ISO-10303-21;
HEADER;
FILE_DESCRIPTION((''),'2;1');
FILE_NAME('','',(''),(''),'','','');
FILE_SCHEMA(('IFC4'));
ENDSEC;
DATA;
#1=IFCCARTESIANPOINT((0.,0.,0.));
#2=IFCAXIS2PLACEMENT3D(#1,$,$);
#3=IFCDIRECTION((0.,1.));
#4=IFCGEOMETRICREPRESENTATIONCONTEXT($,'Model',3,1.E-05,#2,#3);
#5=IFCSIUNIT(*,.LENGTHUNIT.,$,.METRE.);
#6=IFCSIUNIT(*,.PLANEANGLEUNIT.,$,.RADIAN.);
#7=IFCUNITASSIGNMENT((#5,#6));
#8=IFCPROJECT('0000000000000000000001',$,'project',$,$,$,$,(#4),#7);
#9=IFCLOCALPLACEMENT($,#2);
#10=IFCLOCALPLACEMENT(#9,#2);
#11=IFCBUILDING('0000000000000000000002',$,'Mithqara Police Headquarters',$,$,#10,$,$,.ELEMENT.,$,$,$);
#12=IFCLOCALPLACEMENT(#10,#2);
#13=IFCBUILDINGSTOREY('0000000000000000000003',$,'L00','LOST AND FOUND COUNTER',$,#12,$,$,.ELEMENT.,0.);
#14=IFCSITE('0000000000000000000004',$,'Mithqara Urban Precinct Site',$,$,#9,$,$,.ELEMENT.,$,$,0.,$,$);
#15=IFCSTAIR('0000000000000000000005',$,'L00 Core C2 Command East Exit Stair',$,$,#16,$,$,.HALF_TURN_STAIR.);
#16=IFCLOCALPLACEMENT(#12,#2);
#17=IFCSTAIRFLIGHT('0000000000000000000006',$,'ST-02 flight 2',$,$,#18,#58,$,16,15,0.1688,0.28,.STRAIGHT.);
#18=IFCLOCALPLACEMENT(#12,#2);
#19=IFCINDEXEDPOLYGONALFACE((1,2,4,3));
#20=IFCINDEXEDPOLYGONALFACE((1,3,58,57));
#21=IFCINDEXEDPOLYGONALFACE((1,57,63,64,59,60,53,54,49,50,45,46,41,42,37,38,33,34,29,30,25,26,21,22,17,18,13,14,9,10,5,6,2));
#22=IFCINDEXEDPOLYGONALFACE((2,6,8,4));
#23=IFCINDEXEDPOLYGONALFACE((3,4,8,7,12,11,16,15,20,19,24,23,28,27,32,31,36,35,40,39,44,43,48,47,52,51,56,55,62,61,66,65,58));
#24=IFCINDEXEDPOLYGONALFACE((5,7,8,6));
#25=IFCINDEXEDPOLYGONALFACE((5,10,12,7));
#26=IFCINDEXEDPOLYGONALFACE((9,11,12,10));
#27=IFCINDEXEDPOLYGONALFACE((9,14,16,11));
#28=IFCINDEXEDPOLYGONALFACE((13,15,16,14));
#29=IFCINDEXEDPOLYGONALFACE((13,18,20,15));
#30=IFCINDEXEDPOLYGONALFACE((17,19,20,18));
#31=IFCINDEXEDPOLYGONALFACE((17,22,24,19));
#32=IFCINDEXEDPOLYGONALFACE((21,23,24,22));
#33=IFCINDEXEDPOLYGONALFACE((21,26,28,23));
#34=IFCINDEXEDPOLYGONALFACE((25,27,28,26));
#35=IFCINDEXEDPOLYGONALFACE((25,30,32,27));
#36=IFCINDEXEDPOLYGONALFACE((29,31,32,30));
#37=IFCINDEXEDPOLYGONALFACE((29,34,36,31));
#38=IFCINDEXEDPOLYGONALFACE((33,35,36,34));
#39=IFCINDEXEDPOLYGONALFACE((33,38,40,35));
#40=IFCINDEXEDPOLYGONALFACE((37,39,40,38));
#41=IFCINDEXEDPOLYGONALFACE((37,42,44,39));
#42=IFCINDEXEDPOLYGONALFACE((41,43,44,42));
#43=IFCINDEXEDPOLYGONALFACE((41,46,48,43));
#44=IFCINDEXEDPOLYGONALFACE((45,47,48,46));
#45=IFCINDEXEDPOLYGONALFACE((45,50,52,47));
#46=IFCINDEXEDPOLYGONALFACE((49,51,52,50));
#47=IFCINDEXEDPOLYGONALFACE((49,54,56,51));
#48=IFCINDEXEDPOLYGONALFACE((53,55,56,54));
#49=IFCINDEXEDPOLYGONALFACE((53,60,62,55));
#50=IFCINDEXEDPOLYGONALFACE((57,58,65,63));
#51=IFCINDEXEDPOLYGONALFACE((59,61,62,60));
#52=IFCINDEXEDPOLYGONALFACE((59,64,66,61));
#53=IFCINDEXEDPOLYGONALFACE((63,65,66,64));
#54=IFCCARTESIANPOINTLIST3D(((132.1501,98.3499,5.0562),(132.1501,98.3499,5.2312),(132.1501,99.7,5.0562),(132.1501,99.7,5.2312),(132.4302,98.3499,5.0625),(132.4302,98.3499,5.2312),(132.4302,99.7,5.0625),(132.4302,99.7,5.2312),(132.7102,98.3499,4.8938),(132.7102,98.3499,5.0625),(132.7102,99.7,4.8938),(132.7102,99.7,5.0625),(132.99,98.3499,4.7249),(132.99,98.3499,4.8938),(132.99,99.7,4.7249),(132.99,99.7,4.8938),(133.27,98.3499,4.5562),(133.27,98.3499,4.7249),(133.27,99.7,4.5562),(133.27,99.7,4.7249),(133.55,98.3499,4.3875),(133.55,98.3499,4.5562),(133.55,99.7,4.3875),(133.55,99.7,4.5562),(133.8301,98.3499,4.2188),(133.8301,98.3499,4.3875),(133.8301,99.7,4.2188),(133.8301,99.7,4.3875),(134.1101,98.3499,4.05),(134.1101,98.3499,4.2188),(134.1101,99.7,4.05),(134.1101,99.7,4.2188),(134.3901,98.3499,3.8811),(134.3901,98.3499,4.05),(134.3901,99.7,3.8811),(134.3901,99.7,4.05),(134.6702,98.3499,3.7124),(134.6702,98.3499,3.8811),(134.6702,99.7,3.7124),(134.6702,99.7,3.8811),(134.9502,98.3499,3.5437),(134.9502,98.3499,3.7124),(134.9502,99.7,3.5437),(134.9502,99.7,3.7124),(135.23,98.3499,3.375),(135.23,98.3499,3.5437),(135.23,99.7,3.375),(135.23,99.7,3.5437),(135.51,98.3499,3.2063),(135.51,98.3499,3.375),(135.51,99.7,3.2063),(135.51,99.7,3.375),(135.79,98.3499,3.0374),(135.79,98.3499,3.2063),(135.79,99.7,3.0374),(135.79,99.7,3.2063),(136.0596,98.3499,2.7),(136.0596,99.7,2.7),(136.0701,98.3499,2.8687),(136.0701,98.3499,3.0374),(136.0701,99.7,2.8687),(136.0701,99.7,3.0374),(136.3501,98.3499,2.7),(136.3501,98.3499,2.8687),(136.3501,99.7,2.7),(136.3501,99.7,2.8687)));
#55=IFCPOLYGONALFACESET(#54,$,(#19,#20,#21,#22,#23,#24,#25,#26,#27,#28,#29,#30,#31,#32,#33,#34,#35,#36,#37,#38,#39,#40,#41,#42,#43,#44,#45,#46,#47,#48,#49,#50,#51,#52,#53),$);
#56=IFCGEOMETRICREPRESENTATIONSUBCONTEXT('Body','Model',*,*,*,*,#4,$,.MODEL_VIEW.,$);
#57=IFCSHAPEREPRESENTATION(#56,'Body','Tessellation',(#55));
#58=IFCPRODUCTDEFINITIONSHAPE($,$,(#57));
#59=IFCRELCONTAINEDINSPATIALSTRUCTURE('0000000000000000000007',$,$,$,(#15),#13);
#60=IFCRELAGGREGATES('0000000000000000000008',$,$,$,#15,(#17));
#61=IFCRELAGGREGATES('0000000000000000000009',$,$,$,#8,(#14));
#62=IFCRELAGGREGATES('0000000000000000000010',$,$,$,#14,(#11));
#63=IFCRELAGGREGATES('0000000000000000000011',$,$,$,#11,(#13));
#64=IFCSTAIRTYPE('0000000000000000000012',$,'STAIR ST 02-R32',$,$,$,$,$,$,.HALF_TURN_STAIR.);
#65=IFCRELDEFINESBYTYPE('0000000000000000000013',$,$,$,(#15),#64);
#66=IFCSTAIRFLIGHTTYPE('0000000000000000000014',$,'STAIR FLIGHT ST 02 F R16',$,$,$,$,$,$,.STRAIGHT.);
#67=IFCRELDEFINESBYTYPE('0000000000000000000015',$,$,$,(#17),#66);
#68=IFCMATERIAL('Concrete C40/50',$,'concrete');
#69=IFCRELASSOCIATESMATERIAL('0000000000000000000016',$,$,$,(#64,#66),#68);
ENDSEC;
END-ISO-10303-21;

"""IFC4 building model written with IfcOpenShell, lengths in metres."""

from ifc_helpers import new_model, si_unit, direction, frame, origin, place, context, subcontext, project, spatial, polyline, outline, extrude, material, type_object, element, aggregate, save


model = new_model("IFC4")

# Units and contexts
model_context = context("Model", 3, precision=1e-05, world=origin(), true_north=direction((0.0, 1.0)))
body_context = subcontext(model_context, "Body", "Model", "MODEL_VIEW")
ifc_project = project(units=[si_unit("LENGTHUNIT", "METRE"), si_unit("PLANEANGLEUNIT", "RADIAN")], contexts=[model_context])

# Site, building, storey
site_placement = place(None, origin())
site = spatial("IfcSite", under=ifc_project, at=site_placement, Name="Mithqara Urban Precinct Site", CompositionType="ELEMENT", RefElevation=0.0)
building_placement = place(site_placement, origin())
building = spatial("IfcBuilding", under=site, at=building_placement, Name="Mithqara Police Headquarters", CompositionType="ELEMENT")
storey_placement = place(building_placement, origin())
storey = spatial("IfcBuildingStorey", under=building, at=storey_placement, Name="L00", Description="LOST AND FOUND COUNTER", CompositionType="ELEMENT", Elevation=0.0)

# Shared definitions
ifc_material_1 = material(Name="Concrete C40/50", Category="concrete")

# Stair, stair flight
stair_type = type_object("IfcStairType", Name="STAIR ST 02-R32", PredefinedType="HALF_TURN_STAIR", material=ifc_material_1)
stair_placement = place(storey_placement, origin())
stair = element("IfcStair", 1, at=stair_placement, inside=storey, type_object=stair_type, Name="L00 Core C2 Command East Exit Stair", PredefinedType="HALF_TURN_STAIR")
stair_flight_type = type_object("IfcStairFlightType", Name="STAIR FLIGHT ST 02 F R16", PredefinedType="STRAIGHT", material=ifc_material_1)
stair_flight_1_placement = place(storey_placement, frame((136.3501, 99.0249, 2.7), z_axis=(0.0, 0.0, 1.0), x_axis=(-1.0, 0.0, 0.0)))
stair_flight_1 = element("IfcStairFlight", 2, at=stair_flight_1_placement, type_object=stair_flight_type, Name="ST-02 flight 2", NumberOfRisers=16, NumberOfTreads=15, PredefinedType="STRAIGHT", RiserHeight=0.1688, TreadLength=0.28, context=body_context, shape_type="SweptSolid", body=[
    extrude(outline(polyline([(0.0, 0.0), (0.0, 0.1687), (0.28, 0.1687), (0.28, 0.3374), (0.5601, 0.3374), (0.5601, 0.5063), (0.8401, 0.5063), (0.8401, 0.675), (1.1201, 0.675), (1.1201, 0.8438), (1.3999, 0.8438), (1.3999, 1.0125), (1.6799, 1.0125), (1.6799, 1.1812), (1.96, 1.1812), (1.96, 1.3501), (2.24, 1.3501), (2.24, 1.5188), (2.52, 1.5188), (2.52, 1.6875), (2.8, 1.6875), (2.8, 1.8562), (3.0801, 1.8562), (3.0801, 2.0249), (3.3601, 2.0249), (3.3601, 2.1938), (3.6399, 2.1938), (3.6399, 2.3625), (3.9199, 2.3625), (3.9199, 2.5312), (4.2, 2.5312), (4.2, 2.7), (4.2, 2.3562), (0.2905, 0.0), (0.0, 0.0)])), frame((0.0, 0.675, 0.0), z_axis=(0.0, -1.0, 0.0), x_axis=(1.0, 0.0, 0.0)), (0.0, 0.0, 1.0), 1.3501),
])
aggregate(stair, [stair_flight_1])

save(model, "model.ifc")
